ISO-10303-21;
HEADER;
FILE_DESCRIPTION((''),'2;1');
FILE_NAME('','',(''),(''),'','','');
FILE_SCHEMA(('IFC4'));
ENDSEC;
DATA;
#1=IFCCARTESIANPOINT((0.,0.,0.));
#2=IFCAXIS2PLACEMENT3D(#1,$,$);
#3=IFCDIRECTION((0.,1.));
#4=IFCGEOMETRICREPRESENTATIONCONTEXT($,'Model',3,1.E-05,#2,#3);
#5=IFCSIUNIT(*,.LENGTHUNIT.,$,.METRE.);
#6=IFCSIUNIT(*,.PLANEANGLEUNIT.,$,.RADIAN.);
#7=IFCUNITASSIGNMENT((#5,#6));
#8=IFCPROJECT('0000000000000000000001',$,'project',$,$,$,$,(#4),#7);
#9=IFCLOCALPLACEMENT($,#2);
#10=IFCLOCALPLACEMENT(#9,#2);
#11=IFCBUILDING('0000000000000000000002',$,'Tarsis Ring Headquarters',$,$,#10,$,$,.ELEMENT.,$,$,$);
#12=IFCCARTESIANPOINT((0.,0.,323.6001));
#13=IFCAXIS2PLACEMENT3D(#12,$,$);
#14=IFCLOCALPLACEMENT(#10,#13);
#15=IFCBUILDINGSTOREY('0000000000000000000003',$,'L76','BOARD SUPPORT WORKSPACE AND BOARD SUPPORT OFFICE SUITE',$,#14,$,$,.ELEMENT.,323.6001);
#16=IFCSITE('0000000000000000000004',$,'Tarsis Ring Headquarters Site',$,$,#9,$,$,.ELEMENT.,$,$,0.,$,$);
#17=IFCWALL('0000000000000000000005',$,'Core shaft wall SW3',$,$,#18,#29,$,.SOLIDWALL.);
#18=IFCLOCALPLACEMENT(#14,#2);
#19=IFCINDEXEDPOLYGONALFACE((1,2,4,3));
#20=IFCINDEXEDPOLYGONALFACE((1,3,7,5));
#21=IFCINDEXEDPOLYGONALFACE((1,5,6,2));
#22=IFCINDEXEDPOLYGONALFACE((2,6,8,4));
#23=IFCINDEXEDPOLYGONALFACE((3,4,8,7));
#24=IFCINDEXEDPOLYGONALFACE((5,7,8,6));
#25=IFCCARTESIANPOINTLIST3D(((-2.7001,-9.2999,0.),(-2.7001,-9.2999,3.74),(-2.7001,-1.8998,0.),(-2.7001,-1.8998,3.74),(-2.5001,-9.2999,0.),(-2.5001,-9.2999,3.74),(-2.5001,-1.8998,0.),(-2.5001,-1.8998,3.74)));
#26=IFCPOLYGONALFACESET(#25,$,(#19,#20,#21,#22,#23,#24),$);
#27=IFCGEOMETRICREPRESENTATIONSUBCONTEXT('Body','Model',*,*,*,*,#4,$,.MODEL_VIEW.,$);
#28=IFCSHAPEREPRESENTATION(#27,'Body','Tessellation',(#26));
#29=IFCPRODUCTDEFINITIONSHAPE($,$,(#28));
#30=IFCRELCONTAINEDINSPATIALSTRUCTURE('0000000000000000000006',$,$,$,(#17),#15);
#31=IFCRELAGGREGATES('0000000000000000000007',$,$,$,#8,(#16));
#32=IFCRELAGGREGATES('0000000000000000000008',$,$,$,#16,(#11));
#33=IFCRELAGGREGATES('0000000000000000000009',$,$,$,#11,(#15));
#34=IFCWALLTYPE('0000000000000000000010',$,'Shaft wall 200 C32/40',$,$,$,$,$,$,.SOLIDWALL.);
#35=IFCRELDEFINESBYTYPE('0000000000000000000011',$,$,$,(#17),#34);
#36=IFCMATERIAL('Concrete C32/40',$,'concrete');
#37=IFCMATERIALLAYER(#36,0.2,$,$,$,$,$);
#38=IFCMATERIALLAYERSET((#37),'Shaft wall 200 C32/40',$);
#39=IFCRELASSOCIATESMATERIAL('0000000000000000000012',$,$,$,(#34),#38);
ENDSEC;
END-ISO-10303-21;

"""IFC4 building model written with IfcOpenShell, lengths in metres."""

from ifc_helpers import new_model, si_unit, direction, frame, frame_2d, origin, place, context, subcontext, project, spatial, rectangle, extrude, material, layer, layer_set, type_object, element, save


model = new_model("IFC4")

# Units and contexts
model_context = context("Model", 3, precision=1e-05, world=origin(), true_north=direction((0.0, 1.0)))
body_context = subcontext(model_context, "Body", "Model", "MODEL_VIEW")
ifc_project = project(units=[si_unit("LENGTHUNIT", "METRE"), si_unit("PLANEANGLEUNIT", "RADIAN")], contexts=[model_context])

# Site, building, storey
site_placement = place(None, origin())
site = spatial("IfcSite", under=ifc_project, at=site_placement, Name="Tarsis Ring Headquarters Site", CompositionType="ELEMENT", RefElevation=0.0)
building_placement = place(site_placement, origin())
building = spatial("IfcBuilding", under=site, at=building_placement, Name="Tarsis Ring Headquarters", CompositionType="ELEMENT")
storey_placement = place(building_placement, frame((0.0, 0.0, 323.6001)))
storey = spatial("IfcBuildingStorey", under=building, at=storey_placement, Name="L76", Description="BOARD SUPPORT WORKSPACE AND BOARD SUPPORT OFFICE SUITE", CompositionType="ELEMENT", Elevation=323.6001)

# Shared definitions
ifc_material_1 = material(Name="Concrete C32/40", Category="concrete")

# Shared definitions
ifc_layer_1 = layer(ifc_material_1, 0.2)
ifc_layer_set_1 = layer_set([ifc_layer_1], Name="Shaft wall 200 C32/40")
wall_type_1 = type_object("IfcWallType", Name="Shaft wall 200 C32/40", PredefinedType="SOLIDWALL", material=ifc_layer_set_1)

# Wall
wall_1_placement = place(storey_placement, frame((-2.6001, -9.3, 0.0), z_axis=(0.0, 0.0, 1.0), x_axis=(0.0, 1.0, 0.0)))
element("IfcWall", 1, at=wall_1_placement, inside=storey, type_object=wall_type_1, Name="Core shaft wall SW3", PredefinedType="SOLIDWALL", context=body_context, shape_type="SweptSolid", body=[
    extrude(rectangle(XDim=7.4001, YDim=0.2, at=frame_2d((3.7002, 0.0))), origin(), (0.0, 0.0, 1.0), 3.74),
])

save(model, "model.ifc")
